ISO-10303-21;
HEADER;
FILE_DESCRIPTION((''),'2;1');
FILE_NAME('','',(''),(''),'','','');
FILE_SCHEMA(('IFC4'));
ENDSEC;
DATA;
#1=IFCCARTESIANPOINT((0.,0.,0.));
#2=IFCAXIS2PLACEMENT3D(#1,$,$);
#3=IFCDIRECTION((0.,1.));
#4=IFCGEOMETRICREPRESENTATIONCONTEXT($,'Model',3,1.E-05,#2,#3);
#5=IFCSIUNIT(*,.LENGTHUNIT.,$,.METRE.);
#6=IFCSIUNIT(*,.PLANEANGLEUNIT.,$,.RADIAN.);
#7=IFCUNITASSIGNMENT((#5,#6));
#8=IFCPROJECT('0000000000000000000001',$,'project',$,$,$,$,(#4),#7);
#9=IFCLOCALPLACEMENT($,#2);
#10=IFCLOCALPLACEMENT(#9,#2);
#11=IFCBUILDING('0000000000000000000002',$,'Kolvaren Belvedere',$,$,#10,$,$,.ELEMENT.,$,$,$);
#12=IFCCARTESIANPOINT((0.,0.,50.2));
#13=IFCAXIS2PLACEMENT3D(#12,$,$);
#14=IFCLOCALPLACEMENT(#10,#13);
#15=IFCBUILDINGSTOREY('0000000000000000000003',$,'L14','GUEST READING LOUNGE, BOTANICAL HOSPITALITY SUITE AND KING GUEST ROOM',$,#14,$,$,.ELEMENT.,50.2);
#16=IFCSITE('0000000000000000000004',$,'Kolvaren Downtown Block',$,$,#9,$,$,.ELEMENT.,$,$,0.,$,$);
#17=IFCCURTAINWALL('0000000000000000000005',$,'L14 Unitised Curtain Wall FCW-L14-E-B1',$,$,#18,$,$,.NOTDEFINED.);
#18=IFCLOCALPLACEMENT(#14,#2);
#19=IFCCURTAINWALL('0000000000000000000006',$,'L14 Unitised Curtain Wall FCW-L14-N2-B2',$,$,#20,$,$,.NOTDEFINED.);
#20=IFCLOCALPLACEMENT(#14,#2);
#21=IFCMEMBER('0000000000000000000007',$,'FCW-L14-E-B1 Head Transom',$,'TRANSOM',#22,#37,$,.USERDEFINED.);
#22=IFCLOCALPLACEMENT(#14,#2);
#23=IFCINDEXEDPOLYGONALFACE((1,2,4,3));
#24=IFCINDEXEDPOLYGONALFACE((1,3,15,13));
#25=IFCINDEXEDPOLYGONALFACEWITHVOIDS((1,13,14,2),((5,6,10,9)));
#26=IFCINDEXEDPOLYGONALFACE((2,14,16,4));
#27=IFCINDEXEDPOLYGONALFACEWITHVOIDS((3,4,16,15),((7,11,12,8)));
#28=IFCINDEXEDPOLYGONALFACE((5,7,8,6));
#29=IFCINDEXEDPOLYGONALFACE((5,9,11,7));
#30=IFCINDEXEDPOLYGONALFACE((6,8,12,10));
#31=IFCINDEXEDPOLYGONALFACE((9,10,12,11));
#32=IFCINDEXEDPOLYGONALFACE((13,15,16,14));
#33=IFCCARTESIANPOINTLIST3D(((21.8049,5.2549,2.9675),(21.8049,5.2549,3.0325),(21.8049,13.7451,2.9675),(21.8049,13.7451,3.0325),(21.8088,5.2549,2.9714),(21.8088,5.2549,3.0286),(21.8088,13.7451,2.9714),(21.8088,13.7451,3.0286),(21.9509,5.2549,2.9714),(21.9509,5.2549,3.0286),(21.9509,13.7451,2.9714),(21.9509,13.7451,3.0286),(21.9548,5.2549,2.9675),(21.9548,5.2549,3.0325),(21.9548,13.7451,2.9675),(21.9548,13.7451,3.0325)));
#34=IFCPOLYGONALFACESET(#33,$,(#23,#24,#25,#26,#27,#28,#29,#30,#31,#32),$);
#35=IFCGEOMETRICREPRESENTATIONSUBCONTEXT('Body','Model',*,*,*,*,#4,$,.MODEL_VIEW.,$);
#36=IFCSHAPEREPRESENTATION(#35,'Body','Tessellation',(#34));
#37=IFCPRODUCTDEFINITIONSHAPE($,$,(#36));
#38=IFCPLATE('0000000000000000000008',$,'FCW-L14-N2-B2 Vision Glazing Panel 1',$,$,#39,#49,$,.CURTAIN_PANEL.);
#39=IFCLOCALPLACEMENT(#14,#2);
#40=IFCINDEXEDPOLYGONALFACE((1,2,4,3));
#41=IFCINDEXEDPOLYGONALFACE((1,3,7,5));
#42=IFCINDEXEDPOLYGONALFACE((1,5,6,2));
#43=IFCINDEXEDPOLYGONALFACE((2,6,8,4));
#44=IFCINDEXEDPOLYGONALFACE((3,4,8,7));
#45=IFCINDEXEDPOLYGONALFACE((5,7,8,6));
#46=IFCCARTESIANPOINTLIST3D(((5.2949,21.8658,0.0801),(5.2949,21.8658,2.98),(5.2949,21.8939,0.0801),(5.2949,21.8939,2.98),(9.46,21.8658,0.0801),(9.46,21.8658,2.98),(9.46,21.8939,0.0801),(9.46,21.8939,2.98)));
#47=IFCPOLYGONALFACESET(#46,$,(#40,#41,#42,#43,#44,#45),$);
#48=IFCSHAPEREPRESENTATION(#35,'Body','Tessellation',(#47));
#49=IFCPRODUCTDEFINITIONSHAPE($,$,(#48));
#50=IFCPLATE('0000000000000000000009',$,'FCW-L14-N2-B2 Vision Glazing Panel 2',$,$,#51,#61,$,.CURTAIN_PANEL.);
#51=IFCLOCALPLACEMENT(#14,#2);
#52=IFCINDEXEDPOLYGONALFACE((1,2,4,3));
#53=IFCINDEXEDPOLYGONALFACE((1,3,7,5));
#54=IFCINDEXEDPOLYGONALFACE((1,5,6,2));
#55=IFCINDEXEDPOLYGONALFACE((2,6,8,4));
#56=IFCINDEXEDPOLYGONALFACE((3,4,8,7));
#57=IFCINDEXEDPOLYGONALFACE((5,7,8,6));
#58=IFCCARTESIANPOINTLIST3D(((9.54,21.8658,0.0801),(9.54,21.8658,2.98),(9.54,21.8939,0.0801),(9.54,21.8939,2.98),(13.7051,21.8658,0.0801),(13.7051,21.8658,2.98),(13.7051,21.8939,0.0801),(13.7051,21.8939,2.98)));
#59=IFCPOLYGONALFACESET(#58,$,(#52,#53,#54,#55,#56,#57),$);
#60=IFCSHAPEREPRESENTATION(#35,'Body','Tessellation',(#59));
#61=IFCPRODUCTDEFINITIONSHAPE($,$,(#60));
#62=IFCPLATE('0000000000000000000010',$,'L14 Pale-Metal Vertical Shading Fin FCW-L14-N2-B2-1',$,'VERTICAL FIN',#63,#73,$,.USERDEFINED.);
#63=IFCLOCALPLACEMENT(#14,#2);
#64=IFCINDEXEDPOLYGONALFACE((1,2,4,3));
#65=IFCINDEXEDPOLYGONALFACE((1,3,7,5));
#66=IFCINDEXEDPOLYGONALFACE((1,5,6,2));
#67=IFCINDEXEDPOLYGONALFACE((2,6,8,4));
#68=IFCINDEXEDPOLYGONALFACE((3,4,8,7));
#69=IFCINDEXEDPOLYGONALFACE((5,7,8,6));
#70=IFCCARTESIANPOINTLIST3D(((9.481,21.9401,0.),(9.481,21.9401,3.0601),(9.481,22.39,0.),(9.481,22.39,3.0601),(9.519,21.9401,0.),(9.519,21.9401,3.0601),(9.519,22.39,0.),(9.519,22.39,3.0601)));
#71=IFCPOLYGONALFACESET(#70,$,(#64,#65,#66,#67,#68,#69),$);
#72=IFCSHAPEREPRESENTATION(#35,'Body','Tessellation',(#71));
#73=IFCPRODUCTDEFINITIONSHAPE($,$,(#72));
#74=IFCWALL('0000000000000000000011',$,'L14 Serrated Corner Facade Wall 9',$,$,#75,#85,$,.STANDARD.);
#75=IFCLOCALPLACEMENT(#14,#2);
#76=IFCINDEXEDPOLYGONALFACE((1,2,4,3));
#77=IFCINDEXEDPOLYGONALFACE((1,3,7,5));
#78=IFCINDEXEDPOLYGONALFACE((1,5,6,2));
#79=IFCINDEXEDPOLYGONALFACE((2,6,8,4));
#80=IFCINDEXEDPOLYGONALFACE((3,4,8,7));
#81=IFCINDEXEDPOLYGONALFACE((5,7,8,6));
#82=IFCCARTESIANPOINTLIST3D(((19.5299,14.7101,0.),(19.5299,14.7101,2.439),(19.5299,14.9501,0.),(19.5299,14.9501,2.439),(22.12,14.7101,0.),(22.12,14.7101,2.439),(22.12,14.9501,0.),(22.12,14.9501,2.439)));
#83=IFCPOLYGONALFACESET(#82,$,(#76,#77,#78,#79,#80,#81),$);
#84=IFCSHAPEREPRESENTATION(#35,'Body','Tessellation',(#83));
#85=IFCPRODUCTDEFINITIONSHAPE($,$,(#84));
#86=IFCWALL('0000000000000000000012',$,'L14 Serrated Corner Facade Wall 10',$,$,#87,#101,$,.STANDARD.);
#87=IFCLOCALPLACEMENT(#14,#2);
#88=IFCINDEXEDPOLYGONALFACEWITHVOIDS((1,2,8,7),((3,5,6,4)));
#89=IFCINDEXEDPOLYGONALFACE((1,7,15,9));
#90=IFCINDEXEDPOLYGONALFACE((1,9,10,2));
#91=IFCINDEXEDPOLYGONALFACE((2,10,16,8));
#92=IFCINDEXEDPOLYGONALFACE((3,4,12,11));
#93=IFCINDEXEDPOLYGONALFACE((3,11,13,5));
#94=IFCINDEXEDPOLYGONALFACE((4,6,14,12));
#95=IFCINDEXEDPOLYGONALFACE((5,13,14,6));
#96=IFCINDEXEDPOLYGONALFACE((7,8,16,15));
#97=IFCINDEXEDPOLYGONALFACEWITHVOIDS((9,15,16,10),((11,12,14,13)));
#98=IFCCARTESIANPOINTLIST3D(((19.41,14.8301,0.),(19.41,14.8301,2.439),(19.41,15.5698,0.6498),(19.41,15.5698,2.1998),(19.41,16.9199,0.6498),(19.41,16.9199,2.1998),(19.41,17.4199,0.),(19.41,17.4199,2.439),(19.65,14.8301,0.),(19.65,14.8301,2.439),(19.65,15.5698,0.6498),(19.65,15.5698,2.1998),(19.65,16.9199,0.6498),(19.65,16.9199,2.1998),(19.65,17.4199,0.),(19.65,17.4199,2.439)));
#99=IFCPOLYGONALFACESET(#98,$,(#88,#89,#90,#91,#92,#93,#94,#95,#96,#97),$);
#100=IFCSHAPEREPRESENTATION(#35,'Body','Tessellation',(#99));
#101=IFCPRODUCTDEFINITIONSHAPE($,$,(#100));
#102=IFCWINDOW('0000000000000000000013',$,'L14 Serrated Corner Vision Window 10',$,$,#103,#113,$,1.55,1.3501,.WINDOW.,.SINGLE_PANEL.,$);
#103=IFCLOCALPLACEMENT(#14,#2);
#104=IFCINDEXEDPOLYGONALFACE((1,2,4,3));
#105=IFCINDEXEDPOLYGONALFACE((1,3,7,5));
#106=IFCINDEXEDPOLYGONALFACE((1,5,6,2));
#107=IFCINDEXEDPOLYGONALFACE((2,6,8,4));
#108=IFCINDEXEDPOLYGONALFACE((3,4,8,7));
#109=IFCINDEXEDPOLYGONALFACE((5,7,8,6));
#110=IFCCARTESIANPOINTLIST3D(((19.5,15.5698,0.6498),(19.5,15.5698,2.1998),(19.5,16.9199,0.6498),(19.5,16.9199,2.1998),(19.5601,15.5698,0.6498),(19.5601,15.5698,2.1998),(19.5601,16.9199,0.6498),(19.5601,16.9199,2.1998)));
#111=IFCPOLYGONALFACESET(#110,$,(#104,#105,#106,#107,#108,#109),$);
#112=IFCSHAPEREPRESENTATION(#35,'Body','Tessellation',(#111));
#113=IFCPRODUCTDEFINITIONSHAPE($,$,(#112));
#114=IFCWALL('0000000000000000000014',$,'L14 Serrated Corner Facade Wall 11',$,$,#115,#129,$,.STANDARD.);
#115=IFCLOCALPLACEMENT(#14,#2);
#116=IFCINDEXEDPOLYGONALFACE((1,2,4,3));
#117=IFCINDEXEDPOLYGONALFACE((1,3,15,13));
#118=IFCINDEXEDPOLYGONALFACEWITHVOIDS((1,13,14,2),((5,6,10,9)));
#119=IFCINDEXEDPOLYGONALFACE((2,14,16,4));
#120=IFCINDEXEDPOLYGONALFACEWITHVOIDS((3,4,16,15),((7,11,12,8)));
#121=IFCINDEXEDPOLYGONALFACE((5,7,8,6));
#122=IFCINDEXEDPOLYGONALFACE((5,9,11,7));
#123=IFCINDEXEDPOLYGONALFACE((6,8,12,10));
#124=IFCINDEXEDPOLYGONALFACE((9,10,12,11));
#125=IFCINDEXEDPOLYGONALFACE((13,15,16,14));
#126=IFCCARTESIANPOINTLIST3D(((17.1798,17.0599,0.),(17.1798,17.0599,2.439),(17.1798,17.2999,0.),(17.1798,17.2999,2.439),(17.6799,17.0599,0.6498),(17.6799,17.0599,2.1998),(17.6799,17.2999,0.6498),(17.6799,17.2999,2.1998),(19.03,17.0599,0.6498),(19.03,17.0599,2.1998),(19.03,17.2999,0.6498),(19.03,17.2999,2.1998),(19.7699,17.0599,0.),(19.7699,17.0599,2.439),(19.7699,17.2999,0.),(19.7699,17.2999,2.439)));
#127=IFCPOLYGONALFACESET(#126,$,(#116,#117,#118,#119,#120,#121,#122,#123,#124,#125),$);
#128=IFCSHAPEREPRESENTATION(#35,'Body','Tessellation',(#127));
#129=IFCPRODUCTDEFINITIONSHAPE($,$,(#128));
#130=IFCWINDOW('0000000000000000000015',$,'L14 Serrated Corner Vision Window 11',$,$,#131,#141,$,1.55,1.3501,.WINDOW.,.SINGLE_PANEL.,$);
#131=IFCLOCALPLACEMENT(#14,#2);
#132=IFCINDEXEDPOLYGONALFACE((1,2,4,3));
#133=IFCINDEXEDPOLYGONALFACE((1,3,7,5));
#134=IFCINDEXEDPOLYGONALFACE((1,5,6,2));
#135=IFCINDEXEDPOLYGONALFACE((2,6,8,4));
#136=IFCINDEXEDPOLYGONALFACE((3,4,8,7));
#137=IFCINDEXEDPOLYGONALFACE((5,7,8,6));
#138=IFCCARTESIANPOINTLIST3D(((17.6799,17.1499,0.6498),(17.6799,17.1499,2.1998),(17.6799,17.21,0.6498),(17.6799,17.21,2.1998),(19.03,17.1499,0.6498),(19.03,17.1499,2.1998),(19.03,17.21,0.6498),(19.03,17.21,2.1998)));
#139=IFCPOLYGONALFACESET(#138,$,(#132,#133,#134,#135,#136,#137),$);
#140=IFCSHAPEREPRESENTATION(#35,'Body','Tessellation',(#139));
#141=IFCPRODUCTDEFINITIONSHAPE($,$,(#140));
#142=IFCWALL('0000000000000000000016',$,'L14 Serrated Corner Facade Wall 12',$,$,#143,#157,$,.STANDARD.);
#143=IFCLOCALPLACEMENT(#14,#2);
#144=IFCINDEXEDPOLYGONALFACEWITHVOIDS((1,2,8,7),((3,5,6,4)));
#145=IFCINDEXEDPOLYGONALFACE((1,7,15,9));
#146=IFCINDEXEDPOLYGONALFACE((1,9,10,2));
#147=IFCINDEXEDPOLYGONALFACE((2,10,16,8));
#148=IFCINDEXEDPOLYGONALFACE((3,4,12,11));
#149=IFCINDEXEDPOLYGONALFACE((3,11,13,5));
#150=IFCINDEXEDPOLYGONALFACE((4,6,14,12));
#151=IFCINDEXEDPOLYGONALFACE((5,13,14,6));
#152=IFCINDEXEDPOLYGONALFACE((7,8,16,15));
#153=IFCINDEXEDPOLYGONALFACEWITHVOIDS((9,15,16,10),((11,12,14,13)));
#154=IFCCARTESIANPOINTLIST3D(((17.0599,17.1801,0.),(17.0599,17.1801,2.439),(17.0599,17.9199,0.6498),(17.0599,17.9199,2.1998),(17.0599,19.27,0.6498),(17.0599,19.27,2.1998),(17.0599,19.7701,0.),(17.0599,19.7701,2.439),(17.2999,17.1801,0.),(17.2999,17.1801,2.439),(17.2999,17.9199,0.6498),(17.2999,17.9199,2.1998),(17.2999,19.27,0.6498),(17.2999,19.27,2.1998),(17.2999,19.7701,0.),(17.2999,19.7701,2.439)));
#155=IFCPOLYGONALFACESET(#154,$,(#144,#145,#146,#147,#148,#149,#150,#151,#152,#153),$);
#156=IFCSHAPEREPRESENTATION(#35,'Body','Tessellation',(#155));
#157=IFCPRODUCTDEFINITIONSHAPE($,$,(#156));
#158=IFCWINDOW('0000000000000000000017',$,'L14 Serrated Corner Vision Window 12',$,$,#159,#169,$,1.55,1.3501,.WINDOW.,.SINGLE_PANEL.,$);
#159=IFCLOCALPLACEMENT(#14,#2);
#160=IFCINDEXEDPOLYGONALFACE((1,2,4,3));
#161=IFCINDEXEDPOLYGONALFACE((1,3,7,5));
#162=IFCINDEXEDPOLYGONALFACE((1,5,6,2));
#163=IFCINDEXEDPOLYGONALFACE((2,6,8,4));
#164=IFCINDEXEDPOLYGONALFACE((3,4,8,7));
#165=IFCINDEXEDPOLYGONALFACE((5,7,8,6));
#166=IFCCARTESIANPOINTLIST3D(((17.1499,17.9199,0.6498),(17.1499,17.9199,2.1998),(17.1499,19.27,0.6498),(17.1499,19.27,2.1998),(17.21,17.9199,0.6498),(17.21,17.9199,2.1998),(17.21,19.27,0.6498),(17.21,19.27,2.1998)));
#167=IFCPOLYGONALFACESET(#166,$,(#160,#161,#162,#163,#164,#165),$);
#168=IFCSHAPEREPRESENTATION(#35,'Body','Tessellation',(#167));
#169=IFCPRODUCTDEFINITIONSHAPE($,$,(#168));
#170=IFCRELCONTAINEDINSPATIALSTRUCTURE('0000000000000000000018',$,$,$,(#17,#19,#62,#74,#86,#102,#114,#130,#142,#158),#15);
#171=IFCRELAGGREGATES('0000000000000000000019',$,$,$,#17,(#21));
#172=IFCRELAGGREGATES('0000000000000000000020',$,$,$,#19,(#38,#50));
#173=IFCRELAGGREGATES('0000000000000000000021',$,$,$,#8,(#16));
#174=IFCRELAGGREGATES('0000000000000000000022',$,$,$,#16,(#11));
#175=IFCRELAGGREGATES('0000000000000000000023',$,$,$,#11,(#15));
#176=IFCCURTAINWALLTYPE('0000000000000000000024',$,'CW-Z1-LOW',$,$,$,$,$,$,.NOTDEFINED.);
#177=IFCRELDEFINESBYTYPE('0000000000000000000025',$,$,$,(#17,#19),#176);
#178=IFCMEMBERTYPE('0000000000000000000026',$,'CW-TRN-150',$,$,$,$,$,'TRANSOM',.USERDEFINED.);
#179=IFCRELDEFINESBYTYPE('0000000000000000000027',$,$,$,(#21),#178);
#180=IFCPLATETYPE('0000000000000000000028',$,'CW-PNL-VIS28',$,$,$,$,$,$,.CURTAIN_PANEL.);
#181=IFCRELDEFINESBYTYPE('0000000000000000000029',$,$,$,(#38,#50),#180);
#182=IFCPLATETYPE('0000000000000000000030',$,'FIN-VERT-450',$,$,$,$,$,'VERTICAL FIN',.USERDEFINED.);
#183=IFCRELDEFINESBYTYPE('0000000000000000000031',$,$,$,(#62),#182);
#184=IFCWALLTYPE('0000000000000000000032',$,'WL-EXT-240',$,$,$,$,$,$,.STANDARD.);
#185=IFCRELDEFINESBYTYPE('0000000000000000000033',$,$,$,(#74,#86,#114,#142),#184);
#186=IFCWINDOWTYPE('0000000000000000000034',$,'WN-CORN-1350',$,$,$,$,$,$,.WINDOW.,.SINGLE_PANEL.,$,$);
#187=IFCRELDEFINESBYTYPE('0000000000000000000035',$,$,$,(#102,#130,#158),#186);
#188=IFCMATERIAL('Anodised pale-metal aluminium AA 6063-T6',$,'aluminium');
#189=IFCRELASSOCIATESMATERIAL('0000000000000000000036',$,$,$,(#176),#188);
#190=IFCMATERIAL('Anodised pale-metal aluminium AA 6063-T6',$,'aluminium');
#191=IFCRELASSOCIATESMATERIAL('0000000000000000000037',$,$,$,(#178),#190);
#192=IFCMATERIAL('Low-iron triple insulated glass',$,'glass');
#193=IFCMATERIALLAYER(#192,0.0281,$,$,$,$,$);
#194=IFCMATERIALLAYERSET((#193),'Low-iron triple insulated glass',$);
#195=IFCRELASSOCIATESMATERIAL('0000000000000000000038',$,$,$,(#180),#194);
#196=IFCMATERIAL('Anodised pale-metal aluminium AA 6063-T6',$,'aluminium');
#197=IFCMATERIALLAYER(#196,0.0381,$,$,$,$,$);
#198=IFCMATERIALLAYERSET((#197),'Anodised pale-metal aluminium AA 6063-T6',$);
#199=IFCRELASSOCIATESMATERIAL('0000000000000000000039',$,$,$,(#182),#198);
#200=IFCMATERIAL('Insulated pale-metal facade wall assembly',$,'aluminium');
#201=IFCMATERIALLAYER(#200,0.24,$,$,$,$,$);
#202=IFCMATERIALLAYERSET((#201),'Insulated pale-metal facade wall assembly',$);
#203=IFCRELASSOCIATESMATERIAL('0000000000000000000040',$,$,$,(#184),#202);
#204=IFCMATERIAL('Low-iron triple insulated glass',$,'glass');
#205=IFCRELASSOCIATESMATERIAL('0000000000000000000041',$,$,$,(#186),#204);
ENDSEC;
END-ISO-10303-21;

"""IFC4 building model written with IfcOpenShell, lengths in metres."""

from ifc_helpers import new_model, si_unit, direction, frame, frame_2d, origin, origin_2d, place, context, subcontext, project, spatial, rectangle, hollow_rectangle, extrude, material, layer, layer_set, material_profile, profile_set, type_object, element, fill, aggregate, save


model = new_model("IFC4")

# Units and contexts
model_context = context("Model", 3, precision=1e-05, world=origin(), true_north=direction((0.0, 1.0)))
body_context = subcontext(model_context, "Body", "Model", "MODEL_VIEW")
ifc_project = project(units=[si_unit("LENGTHUNIT", "METRE"), si_unit("PLANEANGLEUNIT", "RADIAN")], contexts=[model_context])

# Site, building, storey
site_placement = place(None, origin())
site = spatial("IfcSite", under=ifc_project, at=site_placement, Name="Kolvaren Downtown Block", CompositionType="ELEMENT", RefElevation=0.0)
building_placement = place(site_placement, origin())
building = spatial("IfcBuilding", under=site, at=building_placement, Name="Kolvaren Belvedere", CompositionType="ELEMENT")
storey_placement = place(building_placement, frame((0.0, 0.0, 50.2)))
storey = spatial("IfcBuildingStorey", under=building, at=storey_placement, Name="L14", Description="GUEST READING LOUNGE, BOTANICAL HOSPITALITY SUITE AND KING GUEST ROOM", CompositionType="ELEMENT", Elevation=50.2)

# Curtain wall
ifc_material_1 = material(Name="Anodised pale-metal aluminium AA 6063-T6", Category="aluminium")
curtain_wall_type = type_object("IfcCurtainWallType", Name="CW-Z1-LOW", PredefinedType="NOTDEFINED", material=ifc_material_1)
curtain_wall_1_placement = place(storey_placement, origin())
curtain_wall_1 = element("IfcCurtainWall", 1, at=curtain_wall_1_placement, inside=storey, type_object=curtain_wall_type, Name="L14 Unitised Curtain Wall FCW-L14-E-B1", PredefinedType="NOTDEFINED")

# Curtain wall
curtain_wall_2_placement = place(storey_placement, origin())
curtain_wall_2 = element("IfcCurtainWall", 2, at=curtain_wall_2_placement, inside=storey, type_object=curtain_wall_type, Name="L14 Unitised Curtain Wall FCW-L14-N2-B2", PredefinedType="NOTDEFINED")

# Member
ifc_material_2 = material(Name="Anodised pale-metal aluminium AA 6063-T6", Category="aluminium")
ifc_material_profile_1 = material_profile(ifc_material_2, hollow_rectangle(XDim=0.0649, YDim=0.1499, WallThickness=0.0039, at=origin_2d()), Name="ALU-TRN-150X65")
ifc_profile_set_1 = profile_set([ifc_material_profile_1], Name="Anodised pale-metal aluminium AA 6063-T6")
member_type_1 = type_object("IfcMemberType", Name="CW-TRN-150", ElementType="TRANSOM", PredefinedType="USERDEFINED", material=ifc_profile_set_1)
member_1_placement = place(storey_placement, frame((21.8799, 13.7451, 3.0), z_axis=(0.0, -1.0, 0.0), x_axis=(0.0, 0.0, 1.0)))
member_1 = element("IfcMember", 3, at=member_1_placement, type_object=member_type_1, Name="FCW-L14-E-B1 Head Transom", ObjectType="TRANSOM", PredefinedType="USERDEFINED", context=body_context, shape_type="SweptSolid", body=[
    extrude(hollow_rectangle(XDim=0.0649, YDim=0.1499, WallThickness=0.0039, at=origin_2d()), origin(), (0.0, 0.0, 1.0), 8.4902),
])
aggregate(curtain_wall_1, [member_1])

# Plates
ifc_material_3 = material(Name="Low-iron triple insulated glass", Category="glass")
ifc_layer_1 = layer(ifc_material_3, 0.0281)
ifc_layer_set_1 = layer_set([ifc_layer_1], Name="Low-iron triple insulated glass")
plate_type_1 = type_object("IfcPlateType", Name="CW-PNL-VIS28", PredefinedType="CURTAIN_PANEL", material=ifc_layer_set_1)
plate_1_placement = place(storey_placement, frame((7.3774, 21.8799, 0.0801), z_axis=(0.0, 0.0, 1.0), x_axis=(1.0, 0.0, 0.0)))
plate_1 = element("IfcPlate", 4, at=plate_1_placement, type_object=plate_type_1, Name="FCW-L14-N2-B2 Vision Glazing Panel 1", PredefinedType="CURTAIN_PANEL", context=body_context, shape_type="SweptSolid", body=[
    extrude(rectangle(XDim=4.165, YDim=0.0281, at=origin_2d()), origin(), (0.0, 0.0, 1.0), 2.8999),
])
plate_2_placement = place(storey_placement, frame((11.6226, 21.8799, 0.0801), z_axis=(0.0, 0.0, 1.0), x_axis=(1.0, 0.0, 0.0)))
plate_2 = element("IfcPlate", 5, at=plate_2_placement, type_object=plate_type_1, Name="FCW-L14-N2-B2 Vision Glazing Panel 2", PredefinedType="CURTAIN_PANEL", context=body_context, shape_type="SweptSolid", body=[
    extrude(rectangle(XDim=4.165, YDim=0.0281, at=origin_2d()), origin(), (0.0, 0.0, 1.0), 2.8999),
])
aggregate(curtain_wall_2, [plate_1, plate_2])
ifc_material_4 = material(Name="Anodised pale-metal aluminium AA 6063-T6", Category="aluminium")
ifc_layer_2 = layer(ifc_material_4, 0.0381)
ifc_layer_set_2 = layer_set([ifc_layer_2], Name="Anodised pale-metal aluminium AA 6063-T6")
plate_type_2 = type_object("IfcPlateType", Name="FIN-VERT-450", ElementType="VERTICAL FIN", PredefinedType="USERDEFINED", material=ifc_layer_set_2)
plate_3_placement = place(storey_placement, frame((9.5, 22.165, 0.0), z_axis=(0.0, 0.0, 1.0), x_axis=(0.0, 1.0, 0.0)))
element("IfcPlate", 6, at=plate_3_placement, inside=storey, type_object=plate_type_2, Name="L14 Pale-Metal Vertical Shading Fin FCW-L14-N2-B2-1", ObjectType="VERTICAL FIN", PredefinedType="USERDEFINED", context=body_context, shape_type="SweptSolid", body=[
    extrude(rectangle(XDim=0.45, YDim=0.0381, at=origin_2d()), origin(), (0.0, 0.0, 1.0), 3.0601),
])

# Wall
ifc_material_5 = material(Name="Insulated pale-metal facade wall assembly", Category="aluminium")
ifc_layer_3 = layer(ifc_material_5, 0.24)
ifc_layer_set_3 = layer_set([ifc_layer_3], Name="Insulated pale-metal facade wall assembly")
wall_type_1 = type_object("IfcWallType", Name="WL-EXT-240", PredefinedType="STANDARD", material=ifc_layer_set_3)
wall_1_placement = place(storey_placement, frame((19.53, 14.8301, 0.0), z_axis=(0.0, 0.0, 1.0), x_axis=(1.0, 0.0, 0.0)))
element("IfcWall", 7, at=wall_1_placement, inside=storey, type_object=wall_type_1, Name="L14 Serrated Corner Facade Wall 9", PredefinedType="STANDARD", context=body_context, shape_type="SweptSolid", body=[
    extrude(rectangle(XDim=2.5901, YDim=0.24, at=frame_2d((1.2949, 0.0))), origin(), (0.0, 0.0, 1.0), 2.439),
])

# Walls, openings, windows
wall_2_placement = place(storey_placement, frame((19.53, 17.4199, 0.0), z_axis=(0.0, 0.0, 1.0), x_axis=(0.0, -1.0, 0.0)))
wall_2 = element("IfcWall", 8, at=wall_2_placement, inside=storey, type_object=wall_type_1, Name="L14 Serrated Corner Facade Wall 10", PredefinedType="STANDARD", context=body_context, shape_type="SweptSolid", body=[
    extrude(rectangle(XDim=2.5898, YDim=0.24, at=frame_2d((1.2949, 0.0))), origin(), (0.0, 0.0, 1.0), 2.439),
])
opening_1_placement = place(wall_2_placement, frame((0.5, 0.0, 0.6499)))
opening_1 = element("IfcOpeningElement", 9, at=opening_1_placement, cuts=wall_2, PredefinedType="OPENING", context=body_context, shape_type="SweptSolid", body=[
    extrude(rectangle(XDim=1.3501, YDim=1.55, at=frame_2d((0.675, 0.7749))), frame((0.0, 0.1299, 0.0), z_axis=(0.0, -1.0, 0.0), x_axis=(1.0, 0.0, 0.0)), (0.0, 0.0, 1.0), 0.26),
])
ifc_material_6 = material(Name="Low-iron triple insulated glass", Category="glass")
window_type = type_object("IfcWindowType", Name="WN-CORN-1350", PartitioningType="SINGLE_PANEL", PredefinedType="WINDOW", material=ifc_material_6)
window_1_placement = place(opening_1_placement, origin())
window_1 = element("IfcWindow", 10, at=window_1_placement, inside=storey, type_object=window_type, Name="L14 Serrated Corner Vision Window 10", OverallHeight=1.55, OverallWidth=1.3501, PartitioningType="SINGLE_PANEL", PredefinedType="WINDOW", context=body_context, shape_type="SweptSolid", body=[
    extrude(rectangle(XDim=1.3501, YDim=1.55, at=frame_2d((0.675, 0.7749))), frame((0.0, 0.03, 0.0), z_axis=(0.0, -1.0, 0.0), x_axis=(1.0, 0.0, 0.0)), (0.0, 0.0, 1.0), 0.0601),
])
fill(opening_1, window_1)
wall_3_placement = place(storey_placement, frame((17.1799, 17.1799, 0.0), z_axis=(0.0, 0.0, 1.0), x_axis=(1.0, 0.0, 0.0)))
wall_3 = element("IfcWall", 11, at=wall_3_placement, inside=storey, type_object=wall_type_1, Name="L14 Serrated Corner Facade Wall 11", PredefinedType="STANDARD", context=body_context, shape_type="SweptSolid", body=[
    extrude(rectangle(XDim=2.5901, YDim=0.24, at=frame_2d((1.2949, 0.0))), origin(), (0.0, 0.0, 1.0), 2.439),
])
opening_2_placement = place(wall_3_placement, frame((0.5, 0.0, 0.6499)))
opening_2 = element("IfcOpeningElement", 12, at=opening_2_placement, cuts=wall_3, PredefinedType="OPENING", context=body_context, shape_type="SweptSolid", body=[
    extrude(rectangle(XDim=1.3501, YDim=1.55, at=frame_2d((0.675, 0.7749))), frame((0.0, 0.1299, 0.0), z_axis=(0.0, -1.0, 0.0), x_axis=(1.0, 0.0, 0.0)), (0.0, 0.0, 1.0), 0.26),
])
window_2_placement = place(opening_2_placement, origin())
window_2 = element("IfcWindow", 13, at=window_2_placement, inside=storey, type_object=window_type, Name="L14 Serrated Corner Vision Window 11", OverallHeight=1.55, OverallWidth=1.3501, PartitioningType="SINGLE_PANEL", PredefinedType="WINDOW", context=body_context, shape_type="SweptSolid", body=[
    extrude(rectangle(XDim=1.3501, YDim=1.55, at=frame_2d((0.675, 0.7749))), frame((0.0, 0.03, 0.0), z_axis=(0.0, -1.0, 0.0), x_axis=(1.0, 0.0, 0.0)), (0.0, 0.0, 1.0), 0.0601),
])
fill(opening_2, window_2)
wall_4_placement = place(storey_placement, frame((17.1799, 19.77, 0.0), z_axis=(0.0, 0.0, 1.0), x_axis=(0.0, -1.0, 0.0)))
wall_4 = element("IfcWall", 14, at=wall_4_placement, inside=storey, type_object=wall_type_1, Name="L14 Serrated Corner Facade Wall 12", PredefinedType="STANDARD", context=body_context, shape_type="SweptSolid", body=[
    extrude(rectangle(XDim=2.5901, YDim=0.24, at=frame_2d((1.2949, 0.0))), origin(), (0.0, 0.0, 1.0), 2.439),
])
opening_3_placement = place(wall_4_placement, frame((0.5, 0.0, 0.6499)))
opening_3 = element("IfcOpeningElement", 15, at=opening_3_placement, cuts=wall_4, PredefinedType="OPENING", context=body_context, shape_type="SweptSolid", body=[
    extrude(rectangle(XDim=1.3501, YDim=1.55, at=frame_2d((0.675, 0.7749))), frame((0.0, 0.1299, 0.0), z_axis=(0.0, -1.0, 0.0), x_axis=(1.0, 0.0, 0.0)), (0.0, 0.0, 1.0), 0.26),
])
window_3_placement = place(opening_3_placement, origin())
window_3 = element("IfcWindow", 16, at=window_3_placement, inside=storey, type_object=window_type, Name="L14 Serrated Corner Vision Window 12", OverallHeight=1.55, OverallWidth=1.3501, PartitioningType="SINGLE_PANEL", PredefinedType="WINDOW", context=body_context, shape_type="SweptSolid", body=[
    extrude(rectangle(XDim=1.3501, YDim=1.55, at=frame_2d((0.675, 0.7749))), frame((0.0, 0.03, 0.0), z_axis=(0.0, -1.0, 0.0), x_axis=(1.0, 0.0, 0.0)), (0.0, 0.0, 1.0), 0.0601),
])
fill(opening_3, window_3)

save(model, "model.ifc")
